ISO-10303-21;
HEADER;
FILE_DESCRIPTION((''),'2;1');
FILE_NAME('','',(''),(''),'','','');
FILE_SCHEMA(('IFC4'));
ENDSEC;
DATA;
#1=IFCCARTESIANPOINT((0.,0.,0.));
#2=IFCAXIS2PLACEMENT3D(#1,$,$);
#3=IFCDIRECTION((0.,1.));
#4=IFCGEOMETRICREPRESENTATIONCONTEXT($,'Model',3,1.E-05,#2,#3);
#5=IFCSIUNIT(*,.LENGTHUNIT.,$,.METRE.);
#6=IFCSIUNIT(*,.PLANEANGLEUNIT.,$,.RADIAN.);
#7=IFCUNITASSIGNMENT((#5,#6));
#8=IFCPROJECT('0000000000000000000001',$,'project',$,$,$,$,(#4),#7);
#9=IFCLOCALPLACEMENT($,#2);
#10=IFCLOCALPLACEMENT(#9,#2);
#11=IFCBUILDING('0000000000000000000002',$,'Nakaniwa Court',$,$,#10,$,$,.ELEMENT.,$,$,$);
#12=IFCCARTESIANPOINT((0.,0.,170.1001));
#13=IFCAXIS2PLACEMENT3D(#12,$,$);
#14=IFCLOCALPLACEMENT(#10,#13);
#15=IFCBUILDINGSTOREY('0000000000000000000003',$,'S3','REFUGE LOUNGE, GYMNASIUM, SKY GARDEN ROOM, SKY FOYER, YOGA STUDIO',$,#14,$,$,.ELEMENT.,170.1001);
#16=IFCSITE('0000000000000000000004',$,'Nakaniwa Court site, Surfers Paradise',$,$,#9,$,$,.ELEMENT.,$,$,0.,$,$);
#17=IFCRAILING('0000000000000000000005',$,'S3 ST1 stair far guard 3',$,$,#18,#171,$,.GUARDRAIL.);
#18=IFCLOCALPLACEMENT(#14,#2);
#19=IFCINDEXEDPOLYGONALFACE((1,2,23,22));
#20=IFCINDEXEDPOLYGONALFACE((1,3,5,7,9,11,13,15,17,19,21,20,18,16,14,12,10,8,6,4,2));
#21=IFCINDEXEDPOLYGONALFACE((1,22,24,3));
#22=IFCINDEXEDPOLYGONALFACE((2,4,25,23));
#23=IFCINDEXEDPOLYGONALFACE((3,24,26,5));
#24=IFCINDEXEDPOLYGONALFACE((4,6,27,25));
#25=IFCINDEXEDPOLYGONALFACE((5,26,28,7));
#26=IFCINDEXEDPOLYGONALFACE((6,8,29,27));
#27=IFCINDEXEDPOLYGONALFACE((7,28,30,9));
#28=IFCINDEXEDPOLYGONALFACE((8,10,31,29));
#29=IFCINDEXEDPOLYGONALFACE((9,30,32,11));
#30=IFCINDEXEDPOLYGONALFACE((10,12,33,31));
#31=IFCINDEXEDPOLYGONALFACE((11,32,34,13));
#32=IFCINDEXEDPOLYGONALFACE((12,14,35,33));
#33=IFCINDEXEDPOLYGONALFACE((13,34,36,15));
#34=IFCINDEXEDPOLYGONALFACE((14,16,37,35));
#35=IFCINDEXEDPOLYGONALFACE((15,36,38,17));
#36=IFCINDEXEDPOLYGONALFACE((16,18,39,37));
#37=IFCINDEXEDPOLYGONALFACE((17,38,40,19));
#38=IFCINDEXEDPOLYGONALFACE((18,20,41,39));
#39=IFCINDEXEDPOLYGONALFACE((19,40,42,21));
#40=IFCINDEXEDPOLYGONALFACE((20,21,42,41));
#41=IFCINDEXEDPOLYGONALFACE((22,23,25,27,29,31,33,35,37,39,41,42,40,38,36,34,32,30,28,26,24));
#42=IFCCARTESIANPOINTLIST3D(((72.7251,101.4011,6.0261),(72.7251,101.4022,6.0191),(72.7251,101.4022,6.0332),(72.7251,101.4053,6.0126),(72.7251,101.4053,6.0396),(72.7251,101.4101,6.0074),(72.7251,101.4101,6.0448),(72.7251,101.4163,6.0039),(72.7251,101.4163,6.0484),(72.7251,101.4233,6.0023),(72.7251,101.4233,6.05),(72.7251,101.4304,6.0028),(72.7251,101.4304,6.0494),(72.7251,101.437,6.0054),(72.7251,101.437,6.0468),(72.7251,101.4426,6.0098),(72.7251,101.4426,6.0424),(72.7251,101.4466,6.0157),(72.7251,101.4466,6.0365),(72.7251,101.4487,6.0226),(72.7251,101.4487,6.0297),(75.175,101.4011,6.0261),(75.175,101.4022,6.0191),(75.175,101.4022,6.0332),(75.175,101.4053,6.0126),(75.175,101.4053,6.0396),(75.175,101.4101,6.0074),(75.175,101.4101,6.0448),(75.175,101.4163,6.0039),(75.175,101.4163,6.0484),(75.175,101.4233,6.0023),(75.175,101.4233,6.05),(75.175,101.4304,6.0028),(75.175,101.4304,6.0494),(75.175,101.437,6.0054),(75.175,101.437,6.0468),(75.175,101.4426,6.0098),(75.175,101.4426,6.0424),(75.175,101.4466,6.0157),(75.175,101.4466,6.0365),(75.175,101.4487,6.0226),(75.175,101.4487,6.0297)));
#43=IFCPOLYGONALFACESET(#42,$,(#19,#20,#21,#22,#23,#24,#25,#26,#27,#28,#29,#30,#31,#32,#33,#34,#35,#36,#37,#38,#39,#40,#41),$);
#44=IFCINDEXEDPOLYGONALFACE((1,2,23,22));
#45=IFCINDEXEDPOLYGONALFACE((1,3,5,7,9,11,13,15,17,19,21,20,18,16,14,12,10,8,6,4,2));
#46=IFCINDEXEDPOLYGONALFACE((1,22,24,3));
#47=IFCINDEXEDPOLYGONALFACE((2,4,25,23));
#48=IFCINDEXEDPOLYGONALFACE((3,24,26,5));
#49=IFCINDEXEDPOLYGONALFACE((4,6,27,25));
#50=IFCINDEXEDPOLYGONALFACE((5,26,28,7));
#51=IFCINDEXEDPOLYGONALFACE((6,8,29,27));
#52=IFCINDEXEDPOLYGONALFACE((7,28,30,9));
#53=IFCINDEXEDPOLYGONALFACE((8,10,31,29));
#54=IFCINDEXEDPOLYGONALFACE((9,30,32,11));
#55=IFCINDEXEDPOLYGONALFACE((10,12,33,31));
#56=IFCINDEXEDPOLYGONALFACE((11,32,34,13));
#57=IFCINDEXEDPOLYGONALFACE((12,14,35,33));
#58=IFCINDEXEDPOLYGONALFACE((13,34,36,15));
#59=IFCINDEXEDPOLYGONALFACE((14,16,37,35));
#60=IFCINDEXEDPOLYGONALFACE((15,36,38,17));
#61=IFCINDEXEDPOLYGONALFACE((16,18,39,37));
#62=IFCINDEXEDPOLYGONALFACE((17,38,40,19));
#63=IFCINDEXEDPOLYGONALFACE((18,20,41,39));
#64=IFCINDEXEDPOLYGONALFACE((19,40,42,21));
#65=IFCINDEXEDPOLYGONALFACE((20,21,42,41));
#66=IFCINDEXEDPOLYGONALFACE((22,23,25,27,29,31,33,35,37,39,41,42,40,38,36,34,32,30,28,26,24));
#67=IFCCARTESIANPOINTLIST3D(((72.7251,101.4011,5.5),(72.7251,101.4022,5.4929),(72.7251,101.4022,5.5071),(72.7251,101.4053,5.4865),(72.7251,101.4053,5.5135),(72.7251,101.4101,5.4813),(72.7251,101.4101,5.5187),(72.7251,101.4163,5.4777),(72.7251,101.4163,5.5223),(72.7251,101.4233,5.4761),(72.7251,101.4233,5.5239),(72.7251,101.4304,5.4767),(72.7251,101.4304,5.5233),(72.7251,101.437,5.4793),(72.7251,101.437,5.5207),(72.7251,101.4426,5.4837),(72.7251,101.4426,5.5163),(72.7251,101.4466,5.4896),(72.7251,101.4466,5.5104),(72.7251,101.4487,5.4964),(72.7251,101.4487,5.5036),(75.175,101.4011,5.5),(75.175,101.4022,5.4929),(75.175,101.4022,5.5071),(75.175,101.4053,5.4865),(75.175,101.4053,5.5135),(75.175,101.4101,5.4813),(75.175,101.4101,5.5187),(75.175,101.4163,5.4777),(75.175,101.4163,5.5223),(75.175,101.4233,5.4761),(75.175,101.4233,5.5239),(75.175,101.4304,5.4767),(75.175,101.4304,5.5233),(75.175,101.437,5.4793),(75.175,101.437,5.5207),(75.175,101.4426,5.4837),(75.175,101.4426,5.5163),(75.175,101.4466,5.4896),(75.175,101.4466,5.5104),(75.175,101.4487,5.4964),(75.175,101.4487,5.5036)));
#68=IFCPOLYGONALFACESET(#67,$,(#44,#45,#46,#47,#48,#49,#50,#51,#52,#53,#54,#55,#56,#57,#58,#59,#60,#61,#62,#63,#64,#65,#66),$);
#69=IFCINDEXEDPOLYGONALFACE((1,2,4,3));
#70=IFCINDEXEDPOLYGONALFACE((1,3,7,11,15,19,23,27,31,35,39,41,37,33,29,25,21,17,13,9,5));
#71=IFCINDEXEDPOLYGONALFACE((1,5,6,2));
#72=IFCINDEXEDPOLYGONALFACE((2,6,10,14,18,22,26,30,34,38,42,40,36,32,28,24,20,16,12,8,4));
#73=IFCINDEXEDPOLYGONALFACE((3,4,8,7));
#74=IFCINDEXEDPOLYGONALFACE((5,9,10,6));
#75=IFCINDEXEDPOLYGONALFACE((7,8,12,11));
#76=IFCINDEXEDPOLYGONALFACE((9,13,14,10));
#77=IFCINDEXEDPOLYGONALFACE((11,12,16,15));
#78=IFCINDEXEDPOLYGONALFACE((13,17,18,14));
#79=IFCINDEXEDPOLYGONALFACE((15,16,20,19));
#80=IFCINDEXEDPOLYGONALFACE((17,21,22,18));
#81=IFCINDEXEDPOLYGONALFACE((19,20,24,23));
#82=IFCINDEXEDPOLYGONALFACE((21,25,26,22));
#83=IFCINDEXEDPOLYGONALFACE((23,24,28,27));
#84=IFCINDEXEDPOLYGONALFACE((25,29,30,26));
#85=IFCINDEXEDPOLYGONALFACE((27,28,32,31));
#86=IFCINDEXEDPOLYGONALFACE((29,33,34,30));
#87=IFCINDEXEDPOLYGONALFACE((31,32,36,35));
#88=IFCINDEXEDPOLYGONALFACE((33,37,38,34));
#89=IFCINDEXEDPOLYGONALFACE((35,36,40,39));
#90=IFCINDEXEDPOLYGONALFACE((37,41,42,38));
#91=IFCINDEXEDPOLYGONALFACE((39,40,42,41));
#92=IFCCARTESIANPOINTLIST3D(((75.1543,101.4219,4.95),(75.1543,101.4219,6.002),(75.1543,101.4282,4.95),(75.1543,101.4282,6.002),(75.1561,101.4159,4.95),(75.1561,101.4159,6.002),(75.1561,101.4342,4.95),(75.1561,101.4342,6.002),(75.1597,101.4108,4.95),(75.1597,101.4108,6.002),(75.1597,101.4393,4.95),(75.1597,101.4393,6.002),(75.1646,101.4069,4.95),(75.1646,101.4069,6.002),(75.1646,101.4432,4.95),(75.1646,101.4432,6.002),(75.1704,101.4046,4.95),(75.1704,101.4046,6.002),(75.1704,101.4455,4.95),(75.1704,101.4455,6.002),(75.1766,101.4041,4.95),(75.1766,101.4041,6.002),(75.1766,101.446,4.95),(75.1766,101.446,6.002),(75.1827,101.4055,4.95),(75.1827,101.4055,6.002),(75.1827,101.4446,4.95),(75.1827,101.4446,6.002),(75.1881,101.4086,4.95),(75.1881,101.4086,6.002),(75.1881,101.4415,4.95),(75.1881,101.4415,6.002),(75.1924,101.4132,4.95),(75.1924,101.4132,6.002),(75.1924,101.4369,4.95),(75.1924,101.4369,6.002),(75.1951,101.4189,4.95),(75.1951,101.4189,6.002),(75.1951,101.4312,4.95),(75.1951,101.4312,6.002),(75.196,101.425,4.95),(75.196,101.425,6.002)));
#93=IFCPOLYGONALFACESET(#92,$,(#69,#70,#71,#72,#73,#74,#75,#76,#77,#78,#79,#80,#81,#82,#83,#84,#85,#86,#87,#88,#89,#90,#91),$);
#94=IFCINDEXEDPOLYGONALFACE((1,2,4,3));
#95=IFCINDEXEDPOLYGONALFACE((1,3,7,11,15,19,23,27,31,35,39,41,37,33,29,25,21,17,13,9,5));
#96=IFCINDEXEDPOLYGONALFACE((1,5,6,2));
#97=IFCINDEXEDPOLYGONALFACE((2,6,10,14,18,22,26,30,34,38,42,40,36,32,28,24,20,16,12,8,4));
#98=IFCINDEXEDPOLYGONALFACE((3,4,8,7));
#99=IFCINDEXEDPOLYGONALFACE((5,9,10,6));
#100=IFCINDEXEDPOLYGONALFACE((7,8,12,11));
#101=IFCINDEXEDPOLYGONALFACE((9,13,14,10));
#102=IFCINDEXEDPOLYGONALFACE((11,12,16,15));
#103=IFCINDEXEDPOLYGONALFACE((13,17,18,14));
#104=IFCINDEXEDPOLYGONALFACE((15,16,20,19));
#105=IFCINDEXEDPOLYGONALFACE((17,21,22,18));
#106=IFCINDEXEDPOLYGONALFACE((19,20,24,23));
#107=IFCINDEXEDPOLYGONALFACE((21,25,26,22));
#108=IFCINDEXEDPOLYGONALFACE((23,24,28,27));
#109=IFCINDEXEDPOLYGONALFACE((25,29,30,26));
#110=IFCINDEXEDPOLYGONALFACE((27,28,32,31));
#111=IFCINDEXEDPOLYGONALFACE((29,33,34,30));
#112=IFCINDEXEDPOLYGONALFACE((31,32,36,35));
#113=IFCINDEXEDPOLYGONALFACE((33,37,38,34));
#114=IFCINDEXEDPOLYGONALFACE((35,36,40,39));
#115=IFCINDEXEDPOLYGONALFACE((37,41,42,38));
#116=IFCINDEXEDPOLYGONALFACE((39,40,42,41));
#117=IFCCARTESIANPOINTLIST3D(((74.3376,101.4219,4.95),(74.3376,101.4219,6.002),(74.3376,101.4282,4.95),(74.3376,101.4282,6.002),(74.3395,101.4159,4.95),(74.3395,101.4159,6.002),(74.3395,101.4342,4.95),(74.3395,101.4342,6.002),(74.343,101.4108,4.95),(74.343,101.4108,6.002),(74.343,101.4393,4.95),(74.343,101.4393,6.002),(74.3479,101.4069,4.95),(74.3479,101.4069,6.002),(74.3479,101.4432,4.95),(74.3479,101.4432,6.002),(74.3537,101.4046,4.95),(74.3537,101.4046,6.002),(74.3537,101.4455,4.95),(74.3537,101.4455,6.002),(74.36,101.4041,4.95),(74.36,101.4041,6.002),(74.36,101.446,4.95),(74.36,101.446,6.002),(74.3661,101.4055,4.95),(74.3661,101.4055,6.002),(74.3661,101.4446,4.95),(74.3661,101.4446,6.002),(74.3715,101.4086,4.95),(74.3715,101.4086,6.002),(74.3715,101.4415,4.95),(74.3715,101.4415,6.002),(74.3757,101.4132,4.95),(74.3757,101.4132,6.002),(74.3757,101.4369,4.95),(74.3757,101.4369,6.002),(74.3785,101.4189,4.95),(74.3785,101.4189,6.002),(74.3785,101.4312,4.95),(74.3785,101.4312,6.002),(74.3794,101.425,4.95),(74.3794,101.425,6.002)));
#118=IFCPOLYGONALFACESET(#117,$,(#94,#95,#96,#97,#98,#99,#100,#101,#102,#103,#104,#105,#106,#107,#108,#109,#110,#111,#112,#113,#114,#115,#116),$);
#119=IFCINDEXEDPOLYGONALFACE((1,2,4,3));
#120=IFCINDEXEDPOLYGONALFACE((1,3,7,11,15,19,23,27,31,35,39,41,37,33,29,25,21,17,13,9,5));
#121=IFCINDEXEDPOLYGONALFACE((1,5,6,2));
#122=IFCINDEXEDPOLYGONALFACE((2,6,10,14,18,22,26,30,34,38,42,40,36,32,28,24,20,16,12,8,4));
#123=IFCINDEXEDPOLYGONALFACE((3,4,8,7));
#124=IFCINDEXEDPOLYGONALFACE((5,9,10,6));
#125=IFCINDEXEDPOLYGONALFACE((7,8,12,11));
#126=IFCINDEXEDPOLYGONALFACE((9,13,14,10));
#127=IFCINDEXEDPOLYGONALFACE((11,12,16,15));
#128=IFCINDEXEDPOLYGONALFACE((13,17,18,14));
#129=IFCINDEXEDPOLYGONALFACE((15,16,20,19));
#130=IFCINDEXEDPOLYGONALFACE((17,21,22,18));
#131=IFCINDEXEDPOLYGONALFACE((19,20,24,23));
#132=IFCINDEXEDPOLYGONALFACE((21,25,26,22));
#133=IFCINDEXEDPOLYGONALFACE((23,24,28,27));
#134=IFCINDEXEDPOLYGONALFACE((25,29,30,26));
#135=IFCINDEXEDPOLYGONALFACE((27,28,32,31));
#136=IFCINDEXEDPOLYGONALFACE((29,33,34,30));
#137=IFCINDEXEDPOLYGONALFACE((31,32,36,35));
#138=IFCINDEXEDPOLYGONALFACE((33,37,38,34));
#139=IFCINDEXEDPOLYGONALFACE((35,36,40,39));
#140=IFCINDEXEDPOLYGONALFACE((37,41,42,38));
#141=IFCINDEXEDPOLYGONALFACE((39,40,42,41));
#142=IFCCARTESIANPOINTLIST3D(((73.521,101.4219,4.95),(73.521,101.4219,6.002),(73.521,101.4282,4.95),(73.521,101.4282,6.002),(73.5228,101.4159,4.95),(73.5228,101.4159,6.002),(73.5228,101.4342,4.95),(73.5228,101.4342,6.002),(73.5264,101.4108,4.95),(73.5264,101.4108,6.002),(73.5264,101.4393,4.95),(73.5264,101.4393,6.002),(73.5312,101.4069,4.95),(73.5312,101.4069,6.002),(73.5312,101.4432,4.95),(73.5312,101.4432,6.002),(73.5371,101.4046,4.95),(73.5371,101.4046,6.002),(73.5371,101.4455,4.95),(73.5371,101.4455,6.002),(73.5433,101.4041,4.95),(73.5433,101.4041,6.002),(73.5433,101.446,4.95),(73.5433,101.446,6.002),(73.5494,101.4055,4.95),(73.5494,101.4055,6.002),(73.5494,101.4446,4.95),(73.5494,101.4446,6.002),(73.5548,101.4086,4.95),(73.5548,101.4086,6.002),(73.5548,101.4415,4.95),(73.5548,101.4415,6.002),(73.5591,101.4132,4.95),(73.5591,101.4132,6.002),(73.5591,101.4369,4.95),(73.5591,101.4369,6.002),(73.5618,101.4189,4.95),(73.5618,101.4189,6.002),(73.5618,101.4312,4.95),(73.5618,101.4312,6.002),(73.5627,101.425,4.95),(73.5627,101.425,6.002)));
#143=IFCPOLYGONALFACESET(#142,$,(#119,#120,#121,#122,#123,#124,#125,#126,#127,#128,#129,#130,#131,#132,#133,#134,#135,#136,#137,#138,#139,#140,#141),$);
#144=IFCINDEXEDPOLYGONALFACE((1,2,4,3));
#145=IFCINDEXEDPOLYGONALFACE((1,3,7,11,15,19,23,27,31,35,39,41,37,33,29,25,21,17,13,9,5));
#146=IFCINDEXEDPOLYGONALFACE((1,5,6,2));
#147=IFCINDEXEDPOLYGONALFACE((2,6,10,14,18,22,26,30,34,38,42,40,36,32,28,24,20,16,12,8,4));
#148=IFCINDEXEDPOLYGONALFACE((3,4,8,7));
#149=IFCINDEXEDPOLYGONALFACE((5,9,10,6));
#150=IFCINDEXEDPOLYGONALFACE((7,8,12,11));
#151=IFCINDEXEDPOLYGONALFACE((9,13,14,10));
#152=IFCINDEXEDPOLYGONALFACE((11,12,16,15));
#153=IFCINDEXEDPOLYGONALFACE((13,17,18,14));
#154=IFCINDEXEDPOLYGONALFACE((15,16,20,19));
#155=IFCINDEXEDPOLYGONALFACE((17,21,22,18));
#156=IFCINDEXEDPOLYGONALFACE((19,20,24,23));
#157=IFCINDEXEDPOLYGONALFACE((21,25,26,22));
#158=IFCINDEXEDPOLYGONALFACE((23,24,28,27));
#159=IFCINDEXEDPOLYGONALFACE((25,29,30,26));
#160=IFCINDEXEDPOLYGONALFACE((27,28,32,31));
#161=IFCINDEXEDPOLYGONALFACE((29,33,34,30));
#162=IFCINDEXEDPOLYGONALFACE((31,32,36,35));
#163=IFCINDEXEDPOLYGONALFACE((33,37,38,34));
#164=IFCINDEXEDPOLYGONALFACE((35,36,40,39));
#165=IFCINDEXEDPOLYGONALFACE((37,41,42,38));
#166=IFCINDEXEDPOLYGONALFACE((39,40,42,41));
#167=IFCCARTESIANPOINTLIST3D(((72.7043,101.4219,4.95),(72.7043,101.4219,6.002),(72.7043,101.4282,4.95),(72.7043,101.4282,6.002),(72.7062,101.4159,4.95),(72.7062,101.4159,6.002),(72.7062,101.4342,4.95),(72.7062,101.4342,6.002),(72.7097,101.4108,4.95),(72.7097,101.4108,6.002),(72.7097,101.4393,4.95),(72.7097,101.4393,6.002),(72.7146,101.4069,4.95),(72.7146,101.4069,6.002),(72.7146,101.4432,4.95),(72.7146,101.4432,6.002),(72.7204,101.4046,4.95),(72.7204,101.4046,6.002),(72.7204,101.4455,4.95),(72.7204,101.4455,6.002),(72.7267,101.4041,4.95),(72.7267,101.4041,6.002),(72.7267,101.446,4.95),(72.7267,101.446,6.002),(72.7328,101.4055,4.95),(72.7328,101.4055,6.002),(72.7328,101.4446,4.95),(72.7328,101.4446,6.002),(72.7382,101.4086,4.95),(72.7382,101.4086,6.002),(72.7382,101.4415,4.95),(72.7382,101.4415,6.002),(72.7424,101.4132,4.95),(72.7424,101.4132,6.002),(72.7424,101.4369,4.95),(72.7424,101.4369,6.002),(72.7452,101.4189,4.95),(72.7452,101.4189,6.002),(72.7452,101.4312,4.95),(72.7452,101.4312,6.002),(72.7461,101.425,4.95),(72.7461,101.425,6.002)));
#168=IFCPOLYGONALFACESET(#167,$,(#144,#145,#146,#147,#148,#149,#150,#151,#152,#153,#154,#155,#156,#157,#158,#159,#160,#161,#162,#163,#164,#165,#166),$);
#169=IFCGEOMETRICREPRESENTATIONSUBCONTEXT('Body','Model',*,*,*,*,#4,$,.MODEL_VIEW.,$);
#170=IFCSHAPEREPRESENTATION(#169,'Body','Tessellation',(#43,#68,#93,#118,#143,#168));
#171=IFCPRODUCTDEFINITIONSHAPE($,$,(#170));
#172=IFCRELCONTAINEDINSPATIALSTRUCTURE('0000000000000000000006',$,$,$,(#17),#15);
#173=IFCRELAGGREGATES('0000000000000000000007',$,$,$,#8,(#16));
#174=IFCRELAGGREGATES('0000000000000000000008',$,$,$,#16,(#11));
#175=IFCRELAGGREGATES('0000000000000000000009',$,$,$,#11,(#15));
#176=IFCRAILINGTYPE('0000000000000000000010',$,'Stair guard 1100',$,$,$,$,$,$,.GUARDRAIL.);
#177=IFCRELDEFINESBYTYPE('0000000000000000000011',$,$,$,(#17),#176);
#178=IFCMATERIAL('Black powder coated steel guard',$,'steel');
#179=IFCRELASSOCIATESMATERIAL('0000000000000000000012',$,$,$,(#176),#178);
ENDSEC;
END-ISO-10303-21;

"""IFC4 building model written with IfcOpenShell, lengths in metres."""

from ifc_helpers import new_model, si_unit, direction, frame, origin, origin_2d, place, context, subcontext, project, spatial, circle, extrude, material, type_object, element, save


model = new_model("IFC4")

# Units and contexts
model_context = context("Model", 3, precision=1e-05, world=origin(), true_north=direction((0.0, 1.0)))
body_context = subcontext(model_context, "Body", "Model", "MODEL_VIEW")
ifc_project = project(units=[si_unit("LENGTHUNIT", "METRE"), si_unit("PLANEANGLEUNIT", "RADIAN")], contexts=[model_context])

# Site, building, storey
site_placement = place(None, origin())
site = spatial("IfcSite", under=ifc_project, at=site_placement, Name="Nakaniwa Court site, Surfers Paradise", CompositionType="ELEMENT", RefElevation=0.0)
building_placement = place(site_placement, origin())
building = spatial("IfcBuilding", under=site, at=building_placement, Name="Nakaniwa Court", CompositionType="ELEMENT")
storey_placement = place(building_placement, frame((0.0, 0.0, 170.1001)))
storey = spatial("IfcBuildingStorey", under=building, at=storey_placement, Name="S3", Description="REFUGE LOUNGE, GYMNASIUM, SKY GARDEN ROOM, SKY FOYER, YOGA STUDIO", CompositionType="ELEMENT", Elevation=170.1001)

# Railing
ifc_material_1 = material(Name="Black powder coated steel guard", Category="steel")
railing_type_1 = type_object("IfcRailingType", Name="Stair guard 1100", PredefinedType="GUARDRAIL", material=ifc_material_1)
for number, where, name in (
    (1, (75.175, 101.425, 4.95), "S3 ST1 stair far guard 3"),
):
    element("IfcRailing", number, at=place(storey_placement, frame(where)), inside=storey, type_object=railing_type_1, Name=name, PredefinedType="GUARDRAIL", context=body_context, shape_type="SweptSolid", body=[
        extrude(circle(Radius=0.0239, at=origin_2d()), frame((0.0, 0.0, 1.0762), z_axis=(-1.0, 0.0, 0.0), x_axis=(0.0, -1.0, 0.0)), (0.0, 0.0, 1.0), 2.45),
        extrude(circle(Radius=0.0239, at=origin_2d()), frame((0.0, 0.0, 0.55), z_axis=(-1.0, 0.0, 0.0), x_axis=(0.0, -1.0, 0.0)), (0.0, 0.0, 1.0), 2.45),
        extrude(circle(Radius=0.021, at=origin_2d()), origin(), (0.0, 0.0, 1.0), 1.052),
        extrude(circle(Radius=0.021, at=origin_2d()), frame((-0.8167, 0.0, 0.0)), (0.0, 0.0, 1.0), 1.052),
        extrude(circle(Radius=0.021, at=origin_2d()), frame((-1.6333, 0.0, 0.0)), (0.0, 0.0, 1.0), 1.052),
        extrude(circle(Radius=0.021, at=origin_2d()), frame((-2.45, 0.0, 0.0)), (0.0, 0.0, 1.0), 1.052),
    ])

save(model, "model.ifc")
